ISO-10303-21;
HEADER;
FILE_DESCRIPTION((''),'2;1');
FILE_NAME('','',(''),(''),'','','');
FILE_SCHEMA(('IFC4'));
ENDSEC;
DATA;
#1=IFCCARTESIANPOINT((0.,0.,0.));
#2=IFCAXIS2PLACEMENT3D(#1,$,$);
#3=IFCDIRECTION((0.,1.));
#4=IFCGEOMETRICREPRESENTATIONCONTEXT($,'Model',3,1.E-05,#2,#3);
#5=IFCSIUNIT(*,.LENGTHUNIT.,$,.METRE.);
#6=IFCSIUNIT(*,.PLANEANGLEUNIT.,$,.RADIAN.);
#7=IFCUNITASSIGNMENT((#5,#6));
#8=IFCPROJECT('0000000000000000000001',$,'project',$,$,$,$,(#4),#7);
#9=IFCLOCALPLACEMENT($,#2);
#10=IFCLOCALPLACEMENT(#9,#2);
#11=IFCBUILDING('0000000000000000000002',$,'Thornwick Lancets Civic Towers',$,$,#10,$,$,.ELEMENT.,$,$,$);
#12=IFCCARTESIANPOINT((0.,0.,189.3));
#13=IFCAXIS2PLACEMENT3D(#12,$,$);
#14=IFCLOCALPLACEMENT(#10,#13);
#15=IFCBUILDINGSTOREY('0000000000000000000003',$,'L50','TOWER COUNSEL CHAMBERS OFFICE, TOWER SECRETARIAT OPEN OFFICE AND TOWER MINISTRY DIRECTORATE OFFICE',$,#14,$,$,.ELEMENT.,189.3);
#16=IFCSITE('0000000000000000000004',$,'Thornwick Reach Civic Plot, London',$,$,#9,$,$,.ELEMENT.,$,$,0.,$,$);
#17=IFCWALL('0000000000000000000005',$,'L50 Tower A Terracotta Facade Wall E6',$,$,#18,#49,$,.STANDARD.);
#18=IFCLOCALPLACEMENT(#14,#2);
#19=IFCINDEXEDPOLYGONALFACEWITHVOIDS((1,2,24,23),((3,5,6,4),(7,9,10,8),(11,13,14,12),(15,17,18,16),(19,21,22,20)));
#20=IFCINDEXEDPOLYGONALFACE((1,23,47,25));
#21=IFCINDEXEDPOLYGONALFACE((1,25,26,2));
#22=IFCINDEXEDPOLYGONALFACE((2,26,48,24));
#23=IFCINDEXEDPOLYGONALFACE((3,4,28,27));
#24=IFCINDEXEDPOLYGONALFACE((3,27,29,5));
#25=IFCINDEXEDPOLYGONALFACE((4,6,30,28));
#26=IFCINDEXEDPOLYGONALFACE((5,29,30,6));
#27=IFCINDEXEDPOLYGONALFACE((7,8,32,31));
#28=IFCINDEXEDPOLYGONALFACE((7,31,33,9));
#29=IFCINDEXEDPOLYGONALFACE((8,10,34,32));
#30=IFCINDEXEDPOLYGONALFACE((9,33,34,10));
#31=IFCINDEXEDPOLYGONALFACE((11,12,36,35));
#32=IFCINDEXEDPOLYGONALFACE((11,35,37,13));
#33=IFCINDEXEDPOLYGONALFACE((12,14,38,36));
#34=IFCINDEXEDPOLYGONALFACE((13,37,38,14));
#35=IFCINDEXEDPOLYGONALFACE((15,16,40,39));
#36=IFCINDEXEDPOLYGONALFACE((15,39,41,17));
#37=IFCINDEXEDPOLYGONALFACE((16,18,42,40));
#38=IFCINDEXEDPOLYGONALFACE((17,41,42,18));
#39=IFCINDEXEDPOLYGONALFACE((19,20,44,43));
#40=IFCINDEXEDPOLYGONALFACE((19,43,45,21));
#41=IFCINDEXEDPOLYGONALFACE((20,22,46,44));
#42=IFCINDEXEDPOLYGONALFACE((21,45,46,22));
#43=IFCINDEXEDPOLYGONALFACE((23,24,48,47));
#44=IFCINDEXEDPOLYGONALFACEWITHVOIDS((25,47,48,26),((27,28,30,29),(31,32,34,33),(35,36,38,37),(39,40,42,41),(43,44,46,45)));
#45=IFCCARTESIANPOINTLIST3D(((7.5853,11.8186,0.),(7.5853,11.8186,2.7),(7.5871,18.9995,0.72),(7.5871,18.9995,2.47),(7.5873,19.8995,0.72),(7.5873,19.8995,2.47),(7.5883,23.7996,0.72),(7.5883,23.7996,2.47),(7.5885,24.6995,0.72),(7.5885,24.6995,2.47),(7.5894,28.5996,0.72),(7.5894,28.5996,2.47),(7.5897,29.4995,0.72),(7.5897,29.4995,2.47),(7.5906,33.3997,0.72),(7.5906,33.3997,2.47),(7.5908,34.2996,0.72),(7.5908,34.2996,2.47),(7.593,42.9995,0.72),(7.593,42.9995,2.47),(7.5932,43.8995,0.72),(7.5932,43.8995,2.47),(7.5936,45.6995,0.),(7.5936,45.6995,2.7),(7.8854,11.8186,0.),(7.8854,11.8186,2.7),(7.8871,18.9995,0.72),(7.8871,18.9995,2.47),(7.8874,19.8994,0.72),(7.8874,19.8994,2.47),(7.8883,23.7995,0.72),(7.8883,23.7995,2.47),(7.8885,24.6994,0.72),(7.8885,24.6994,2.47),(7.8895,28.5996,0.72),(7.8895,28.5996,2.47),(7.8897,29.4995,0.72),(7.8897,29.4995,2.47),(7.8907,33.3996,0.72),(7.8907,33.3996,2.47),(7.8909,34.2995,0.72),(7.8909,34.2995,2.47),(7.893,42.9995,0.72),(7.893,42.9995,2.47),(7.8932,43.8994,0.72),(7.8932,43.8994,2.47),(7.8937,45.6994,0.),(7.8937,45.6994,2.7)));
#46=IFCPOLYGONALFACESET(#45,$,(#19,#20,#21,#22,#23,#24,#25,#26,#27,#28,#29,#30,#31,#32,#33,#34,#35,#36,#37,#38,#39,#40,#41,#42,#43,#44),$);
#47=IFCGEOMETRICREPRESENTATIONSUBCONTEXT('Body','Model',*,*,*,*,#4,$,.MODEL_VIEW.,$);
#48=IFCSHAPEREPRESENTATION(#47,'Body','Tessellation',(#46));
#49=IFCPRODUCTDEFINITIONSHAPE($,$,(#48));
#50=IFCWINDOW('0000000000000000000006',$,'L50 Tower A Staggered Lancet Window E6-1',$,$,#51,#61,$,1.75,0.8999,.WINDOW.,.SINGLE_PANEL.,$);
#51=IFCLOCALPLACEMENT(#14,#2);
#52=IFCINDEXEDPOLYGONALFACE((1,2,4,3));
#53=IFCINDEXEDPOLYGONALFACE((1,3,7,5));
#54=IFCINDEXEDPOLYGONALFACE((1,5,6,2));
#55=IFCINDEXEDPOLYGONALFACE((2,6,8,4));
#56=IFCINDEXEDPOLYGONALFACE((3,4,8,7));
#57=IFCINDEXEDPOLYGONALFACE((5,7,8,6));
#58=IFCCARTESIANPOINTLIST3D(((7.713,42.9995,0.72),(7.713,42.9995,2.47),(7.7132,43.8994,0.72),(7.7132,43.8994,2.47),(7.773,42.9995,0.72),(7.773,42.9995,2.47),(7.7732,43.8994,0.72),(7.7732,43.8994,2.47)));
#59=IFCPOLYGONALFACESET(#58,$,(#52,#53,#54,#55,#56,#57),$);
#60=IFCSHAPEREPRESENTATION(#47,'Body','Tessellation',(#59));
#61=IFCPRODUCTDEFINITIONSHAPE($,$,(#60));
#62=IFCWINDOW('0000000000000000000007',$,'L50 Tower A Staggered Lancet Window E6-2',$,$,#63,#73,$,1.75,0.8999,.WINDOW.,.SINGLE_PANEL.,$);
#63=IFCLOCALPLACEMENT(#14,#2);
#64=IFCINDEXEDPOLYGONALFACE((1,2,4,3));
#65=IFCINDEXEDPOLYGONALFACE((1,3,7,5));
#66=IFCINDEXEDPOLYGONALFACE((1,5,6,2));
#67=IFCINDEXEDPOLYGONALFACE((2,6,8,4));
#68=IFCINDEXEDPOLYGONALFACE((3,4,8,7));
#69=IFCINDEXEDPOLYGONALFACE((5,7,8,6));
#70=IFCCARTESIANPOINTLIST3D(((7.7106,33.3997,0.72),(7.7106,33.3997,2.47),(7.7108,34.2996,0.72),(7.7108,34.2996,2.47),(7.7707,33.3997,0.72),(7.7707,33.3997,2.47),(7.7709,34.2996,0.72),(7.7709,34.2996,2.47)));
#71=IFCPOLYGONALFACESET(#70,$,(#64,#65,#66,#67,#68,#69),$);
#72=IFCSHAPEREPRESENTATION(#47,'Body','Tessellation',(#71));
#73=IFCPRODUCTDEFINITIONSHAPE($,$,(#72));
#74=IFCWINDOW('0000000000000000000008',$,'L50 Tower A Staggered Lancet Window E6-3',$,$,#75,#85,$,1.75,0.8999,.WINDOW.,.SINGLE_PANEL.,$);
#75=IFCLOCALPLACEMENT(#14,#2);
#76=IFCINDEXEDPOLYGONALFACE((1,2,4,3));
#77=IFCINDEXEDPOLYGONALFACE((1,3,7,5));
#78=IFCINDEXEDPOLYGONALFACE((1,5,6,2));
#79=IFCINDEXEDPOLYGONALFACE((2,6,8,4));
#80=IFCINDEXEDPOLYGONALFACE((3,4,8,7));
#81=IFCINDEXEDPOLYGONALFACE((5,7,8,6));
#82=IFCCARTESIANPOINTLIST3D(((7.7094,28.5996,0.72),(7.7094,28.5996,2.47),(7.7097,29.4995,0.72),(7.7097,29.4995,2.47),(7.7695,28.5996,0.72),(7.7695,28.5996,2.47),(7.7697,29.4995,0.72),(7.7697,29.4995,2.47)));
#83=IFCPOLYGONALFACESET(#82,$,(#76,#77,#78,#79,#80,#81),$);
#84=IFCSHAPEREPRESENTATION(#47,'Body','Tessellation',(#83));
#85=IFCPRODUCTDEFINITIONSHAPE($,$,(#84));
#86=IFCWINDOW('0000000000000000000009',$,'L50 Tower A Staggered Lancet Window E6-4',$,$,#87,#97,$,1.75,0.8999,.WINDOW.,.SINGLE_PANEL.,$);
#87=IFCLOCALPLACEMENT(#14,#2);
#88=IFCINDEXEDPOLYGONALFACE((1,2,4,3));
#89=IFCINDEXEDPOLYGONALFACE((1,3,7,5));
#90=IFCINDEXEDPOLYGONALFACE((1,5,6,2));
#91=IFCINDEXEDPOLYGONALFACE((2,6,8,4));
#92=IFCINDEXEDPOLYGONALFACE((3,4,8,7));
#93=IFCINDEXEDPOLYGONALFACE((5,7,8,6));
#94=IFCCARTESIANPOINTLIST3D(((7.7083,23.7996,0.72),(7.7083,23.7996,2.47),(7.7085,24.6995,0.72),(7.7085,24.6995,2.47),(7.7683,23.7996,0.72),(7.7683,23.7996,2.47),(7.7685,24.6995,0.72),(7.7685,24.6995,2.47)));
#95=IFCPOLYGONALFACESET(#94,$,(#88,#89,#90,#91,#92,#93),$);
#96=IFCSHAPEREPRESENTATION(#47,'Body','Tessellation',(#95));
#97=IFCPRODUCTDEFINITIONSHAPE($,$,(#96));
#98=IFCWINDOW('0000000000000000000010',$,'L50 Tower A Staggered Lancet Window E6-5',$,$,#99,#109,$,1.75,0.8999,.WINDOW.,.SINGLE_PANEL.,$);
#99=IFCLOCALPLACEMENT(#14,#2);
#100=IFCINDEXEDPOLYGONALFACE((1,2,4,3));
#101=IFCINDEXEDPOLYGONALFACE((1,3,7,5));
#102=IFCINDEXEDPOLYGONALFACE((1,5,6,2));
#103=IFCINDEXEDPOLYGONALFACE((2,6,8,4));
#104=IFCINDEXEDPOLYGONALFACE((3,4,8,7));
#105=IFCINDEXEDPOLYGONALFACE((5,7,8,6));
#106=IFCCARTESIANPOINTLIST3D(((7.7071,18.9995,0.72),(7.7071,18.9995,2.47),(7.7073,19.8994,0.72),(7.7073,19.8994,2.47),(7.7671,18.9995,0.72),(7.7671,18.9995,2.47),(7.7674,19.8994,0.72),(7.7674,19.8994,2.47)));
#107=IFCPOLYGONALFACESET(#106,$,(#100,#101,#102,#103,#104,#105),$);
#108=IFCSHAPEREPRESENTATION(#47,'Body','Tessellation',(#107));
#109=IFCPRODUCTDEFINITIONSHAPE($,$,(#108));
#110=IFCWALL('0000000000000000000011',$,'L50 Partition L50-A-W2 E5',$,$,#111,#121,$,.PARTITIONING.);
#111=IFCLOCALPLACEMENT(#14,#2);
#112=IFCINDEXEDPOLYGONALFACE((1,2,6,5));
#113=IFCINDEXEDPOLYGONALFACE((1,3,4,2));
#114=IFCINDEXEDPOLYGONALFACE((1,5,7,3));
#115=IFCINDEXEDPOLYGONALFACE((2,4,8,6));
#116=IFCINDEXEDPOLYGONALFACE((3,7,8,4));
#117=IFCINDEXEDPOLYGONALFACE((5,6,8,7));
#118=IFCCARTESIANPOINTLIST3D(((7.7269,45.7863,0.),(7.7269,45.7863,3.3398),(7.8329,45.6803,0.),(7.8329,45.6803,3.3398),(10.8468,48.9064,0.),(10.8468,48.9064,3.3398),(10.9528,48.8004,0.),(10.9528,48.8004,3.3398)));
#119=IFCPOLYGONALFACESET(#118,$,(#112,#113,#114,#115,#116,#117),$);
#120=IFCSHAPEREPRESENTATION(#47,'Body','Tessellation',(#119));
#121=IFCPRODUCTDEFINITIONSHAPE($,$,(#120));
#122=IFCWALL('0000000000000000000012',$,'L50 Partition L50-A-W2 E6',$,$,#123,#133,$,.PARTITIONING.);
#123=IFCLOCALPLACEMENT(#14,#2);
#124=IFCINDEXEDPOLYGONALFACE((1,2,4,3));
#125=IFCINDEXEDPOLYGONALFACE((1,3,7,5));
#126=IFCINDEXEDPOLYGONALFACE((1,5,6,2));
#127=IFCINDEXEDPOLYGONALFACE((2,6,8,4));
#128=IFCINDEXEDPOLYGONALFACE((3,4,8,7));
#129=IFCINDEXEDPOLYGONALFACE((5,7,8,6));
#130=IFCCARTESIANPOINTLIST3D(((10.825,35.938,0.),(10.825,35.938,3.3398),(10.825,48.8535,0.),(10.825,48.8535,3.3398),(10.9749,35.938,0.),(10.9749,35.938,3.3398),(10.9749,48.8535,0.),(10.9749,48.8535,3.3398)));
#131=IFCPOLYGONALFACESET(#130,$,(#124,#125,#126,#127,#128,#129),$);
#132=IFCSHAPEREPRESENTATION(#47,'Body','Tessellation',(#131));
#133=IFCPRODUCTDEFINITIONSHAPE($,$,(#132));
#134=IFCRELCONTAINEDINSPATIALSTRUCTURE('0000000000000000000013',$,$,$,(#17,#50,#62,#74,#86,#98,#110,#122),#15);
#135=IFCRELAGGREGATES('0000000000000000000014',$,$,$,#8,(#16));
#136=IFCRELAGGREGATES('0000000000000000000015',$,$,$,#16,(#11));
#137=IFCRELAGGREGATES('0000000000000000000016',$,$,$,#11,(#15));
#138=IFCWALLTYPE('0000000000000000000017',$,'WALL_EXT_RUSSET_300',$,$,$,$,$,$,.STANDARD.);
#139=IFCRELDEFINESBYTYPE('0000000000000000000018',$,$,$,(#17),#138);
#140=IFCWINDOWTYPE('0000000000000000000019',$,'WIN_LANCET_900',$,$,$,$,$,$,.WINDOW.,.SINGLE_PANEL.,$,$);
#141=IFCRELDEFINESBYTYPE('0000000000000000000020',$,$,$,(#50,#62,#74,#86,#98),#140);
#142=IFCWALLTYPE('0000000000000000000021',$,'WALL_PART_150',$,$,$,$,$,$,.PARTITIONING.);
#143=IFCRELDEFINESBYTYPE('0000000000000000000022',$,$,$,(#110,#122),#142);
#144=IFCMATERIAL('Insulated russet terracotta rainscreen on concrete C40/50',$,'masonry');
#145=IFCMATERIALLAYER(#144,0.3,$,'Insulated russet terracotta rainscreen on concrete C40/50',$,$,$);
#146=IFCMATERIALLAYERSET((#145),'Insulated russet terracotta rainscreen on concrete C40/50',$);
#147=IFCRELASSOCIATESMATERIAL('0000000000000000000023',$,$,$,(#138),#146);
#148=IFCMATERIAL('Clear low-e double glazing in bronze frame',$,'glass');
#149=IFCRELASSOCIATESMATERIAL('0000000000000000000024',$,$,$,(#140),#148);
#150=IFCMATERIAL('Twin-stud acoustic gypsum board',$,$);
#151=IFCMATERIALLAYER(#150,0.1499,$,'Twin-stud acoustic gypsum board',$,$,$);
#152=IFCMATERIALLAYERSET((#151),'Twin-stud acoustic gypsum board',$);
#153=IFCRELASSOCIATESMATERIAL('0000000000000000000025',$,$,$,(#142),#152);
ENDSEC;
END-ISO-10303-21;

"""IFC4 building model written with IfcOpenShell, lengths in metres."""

from ifc_helpers import new_model, si_unit, direction, frame, frame_2d, origin, place, context, subcontext, project, spatial, rectangle, extrude, material, layer, layer_set, type_object, element, fill, save


model = new_model("IFC4")

# Units and contexts
model_context = context("Model", 3, precision=1e-05, world=origin(), true_north=direction((0.0, 1.0)))
body_context = subcontext(model_context, "Body", "Model", "MODEL_VIEW")
ifc_project = project(units=[si_unit("LENGTHUNIT", "METRE"), si_unit("PLANEANGLEUNIT", "RADIAN")], contexts=[model_context])

# Site, building, storey
site_placement = place(None, origin())
site = spatial("IfcSite", under=ifc_project, at=site_placement, Name="Thornwick Reach Civic Plot, London", CompositionType="ELEMENT", RefElevation=0.0)
building_placement = place(site_placement, origin())
building = spatial("IfcBuilding", under=site, at=building_placement, Name="Thornwick Lancets Civic Towers", CompositionType="ELEMENT")
storey_placement = place(building_placement, frame((0.0, 0.0, 189.3)))
storey = spatial("IfcBuildingStorey", under=building, at=storey_placement, Name="L50", Description="TOWER COUNSEL CHAMBERS OFFICE, TOWER SECRETARIAT OPEN OFFICE AND TOWER MINISTRY DIRECTORATE OFFICE", CompositionType="ELEMENT", Elevation=189.3)

# Wall, openings, windows
ifc_material_1 = material(Name="Insulated russet terracotta rainscreen on concrete C40/50", Category="masonry")
ifc_layer_1 = layer(ifc_material_1, 0.3, Name="Insulated russet terracotta rainscreen on concrete C40/50")
ifc_layer_set_1 = layer_set([ifc_layer_1], Name="Insulated russet terracotta rainscreen on concrete C40/50")
wall_type_1 = type_object("IfcWallType", Name="WALL_EXT_RUSSET_300", PredefinedType="STANDARD", material=ifc_layer_set_1)
wall_1_placement = place(storey_placement, frame((7.7437, 45.6995, 0.0), z_axis=(0.0, 0.0, 1.0), x_axis=(-0.000245, -1.0, 0.0)))
wall_1 = element("IfcWall", 1, at=wall_1_placement, inside=storey, type_object=wall_type_1, Name="L50 Tower A Terracotta Facade Wall E6", PredefinedType="STANDARD", context=body_context, shape_type="SweptSolid", body=[
    extrude(rectangle(XDim=33.8809, YDim=0.3, at=frame_2d((16.9404, 0.0))), origin(), (0.0, 0.0, 1.0), 2.7),
])
opening_1_placement = place(wall_1_placement, frame((1.8, 0.0, 0.72)))
opening_1 = element("IfcOpeningElement", 2, at=opening_1_placement, cuts=wall_1, PredefinedType="OPENING", context=body_context, shape_type="SweptSolid", body=[
    extrude(rectangle(XDim=0.8999, YDim=1.75, at=frame_2d((0.45, 0.875))), frame((0.0, 0.1602, 0.0), z_axis=(0.0, -1.0, 0.0), x_axis=(1.0, 0.0, 0.0)), (0.0, 0.0, 1.0), 0.3201),
])
opening_2_placement = place(wall_1_placement, frame((11.3999, 0.0, 0.72)))
opening_2 = element("IfcOpeningElement", 3, at=opening_2_placement, cuts=wall_1, PredefinedType="OPENING", context=body_context, shape_type="SweptSolid", body=[
    extrude(rectangle(XDim=0.8999, YDim=1.75, at=frame_2d((0.45, 0.875))), frame((0.0, 0.1602, 0.0), z_axis=(0.0, -1.0, 0.0), x_axis=(1.0, 0.0, 0.0)), (0.0, 0.0, 1.0), 0.3201),
])
opening_3_placement = place(wall_1_placement, frame((16.2, 0.0, 0.72)))
opening_3 = element("IfcOpeningElement", 4, at=opening_3_placement, cuts=wall_1, PredefinedType="OPENING", context=body_context, shape_type="SweptSolid", body=[
    extrude(rectangle(XDim=0.8999, YDim=1.75, at=frame_2d((0.45, 0.875))), frame((0.0, 0.1602, 0.0), z_axis=(0.0, -1.0, 0.0), x_axis=(1.0, 0.0, 0.0)), (0.0, 0.0, 1.0), 0.3201),
])
opening_4_placement = place(wall_1_placement, frame((21.0, 0.0, 0.72)))
opening_4 = element("IfcOpeningElement", 5, at=opening_4_placement, cuts=wall_1, PredefinedType="OPENING", context=body_context, shape_type="SweptSolid", body=[
    extrude(rectangle(XDim=0.8999, YDim=1.75, at=frame_2d((0.45, 0.875))), frame((0.0, 0.1602, 0.0), z_axis=(0.0, -1.0, 0.0), x_axis=(1.0, 0.0, 0.0)), (0.0, 0.0, 1.0), 0.3201),
])
opening_5_placement = place(wall_1_placement, frame((25.8, 0.0, 0.72)))
opening_5 = element("IfcOpeningElement", 6, at=opening_5_placement, cuts=wall_1, PredefinedType="OPENING", context=body_context, shape_type="SweptSolid", body=[
    extrude(rectangle(XDim=0.8999, YDim=1.75, at=frame_2d((0.45, 0.875))), frame((0.0, 0.1602, 0.0), z_axis=(0.0, -1.0, 0.0), x_axis=(1.0, 0.0, 0.0)), (0.0, 0.0, 1.0), 0.3201),
])
ifc_material_2 = material(Name="Clear low-e double glazing in bronze frame", Category="glass")
window_type = type_object("IfcWindowType", Name="WIN_LANCET_900", PartitioningType="SINGLE_PANEL", PredefinedType="WINDOW", material=ifc_material_2)
window_1_placement = place(opening_1_placement, origin())
window_1 = element("IfcWindow", 7, at=window_1_placement, inside=storey, type_object=window_type, Name="L50 Tower A Staggered Lancet Window E6-1", OverallHeight=1.75, OverallWidth=0.8999, PartitioningType="SINGLE_PANEL", PredefinedType="WINDOW", context=body_context, shape_type="SweptSolid", body=[
    extrude(rectangle(XDim=0.8999, YDim=1.75, at=frame_2d((0.45, 0.875))), frame((0.0, 0.03, 0.0), z_axis=(0.0, -1.0, 0.0), x_axis=(1.0, 0.0, 0.0)), (0.0, 0.0, 1.0), 0.0601),
])
fill(opening_1, window_1)
window_2_placement = place(opening_2_placement, origin())
window_2 = element("IfcWindow", 8, at=window_2_placement, inside=storey, type_object=window_type, Name="L50 Tower A Staggered Lancet Window E6-2", OverallHeight=1.75, OverallWidth=0.8999, PartitioningType="SINGLE_PANEL", PredefinedType="WINDOW", context=body_context, shape_type="SweptSolid", body=[
    extrude(rectangle(XDim=0.8999, YDim=1.75, at=frame_2d((0.45, 0.875))), frame((0.0, 0.03, 0.0), z_axis=(0.0, -1.0, 0.0), x_axis=(1.0, 0.0, 0.0)), (0.0, 0.0, 1.0), 0.0601),
])
fill(opening_2, window_2)
window_3_placement = place(opening_3_placement, origin())
window_3 = element("IfcWindow", 9, at=window_3_placement, inside=storey, type_object=window_type, Name="L50 Tower A Staggered Lancet Window E6-3", OverallHeight=1.75, OverallWidth=0.8999, PartitioningType="SINGLE_PANEL", PredefinedType="WINDOW", context=body_context, shape_type="SweptSolid", body=[
    extrude(rectangle(XDim=0.8999, YDim=1.75, at=frame_2d((0.45, 0.875))), frame((0.0, 0.03, 0.0), z_axis=(0.0, -1.0, 0.0), x_axis=(1.0, 0.0, 0.0)), (0.0, 0.0, 1.0), 0.0601),
])
fill(opening_3, window_3)
window_4_placement = place(opening_4_placement, origin())
window_4 = element("IfcWindow", 10, at=window_4_placement, inside=storey, type_object=window_type, Name="L50 Tower A Staggered Lancet Window E6-4", OverallHeight=1.75, OverallWidth=0.8999, PartitioningType="SINGLE_PANEL", PredefinedType="WINDOW", context=body_context, shape_type="SweptSolid", body=[
    extrude(rectangle(XDim=0.8999, YDim=1.75, at=frame_2d((0.45, 0.875))), frame((0.0, 0.03, 0.0), z_axis=(0.0, -1.0, 0.0), x_axis=(1.0, 0.0, 0.0)), (0.0, 0.0, 1.0), 0.0601),
])
fill(opening_4, window_4)
window_5_placement = place(opening_5_placement, origin())
window_5 = element("IfcWindow", 11, at=window_5_placement, inside=storey, type_object=window_type, Name="L50 Tower A Staggered Lancet Window E6-5", OverallHeight=1.75, OverallWidth=0.8999, PartitioningType="SINGLE_PANEL", PredefinedType="WINDOW", context=body_context, shape_type="SweptSolid", body=[
    extrude(rectangle(XDim=0.8999, YDim=1.75, at=frame_2d((0.45, 0.875))), frame((0.0, 0.03, 0.0), z_axis=(0.0, -1.0, 0.0), x_axis=(1.0, 0.0, 0.0)), (0.0, 0.0, 1.0), 0.0601),
])
fill(opening_5, window_5)

# Walls
ifc_material_3 = material(Name="Twin-stud acoustic gypsum board")
ifc_layer_2 = layer(ifc_material_3, 0.1499, Name="Twin-stud acoustic gypsum board")
ifc_layer_set_2 = layer_set([ifc_layer_2], Name="Twin-stud acoustic gypsum board")
wall_type_2 = type_object("IfcWallType", Name="WALL_PART_150", PredefinedType="PARTITIONING", material=ifc_layer_set_2)
wall_2_placement = place(storey_placement, frame((7.78, 45.7334, 0.0), z_axis=(0.0, 0.0, 1.0), x_axis=(0.707079, 0.707134, 0.0)))
element("IfcWall", 12, at=wall_2_placement, inside=storey, type_object=wall_type_2, Name="L50 Partition L50-A-W2 E5", PredefinedType="PARTITIONING", context=body_context, shape_type="SweptSolid", body=[
    extrude(rectangle(XDim=4.4124, YDim=0.1499, at=frame_2d((2.2061, 0.0))), origin(), (0.0, 0.0, 1.0), 3.3398),
])
wall_3_placement = place(storey_placement, frame((10.8999, 48.8535, 0.0), z_axis=(0.0, 0.0, 1.0), x_axis=(0.0, -1.0, 0.0)))
element("IfcWall", 13, at=wall_3_placement, inside=storey, type_object=wall_type_2, Name="L50 Partition L50-A-W2 E6", PredefinedType="PARTITIONING", context=body_context, shape_type="SweptSolid", body=[
    extrude(rectangle(XDim=12.9155, YDim=0.1499, at=frame_2d((6.4578, 0.0))), origin(), (0.0, 0.0, 1.0), 3.3398),
])

save(model, "model.ifc")
